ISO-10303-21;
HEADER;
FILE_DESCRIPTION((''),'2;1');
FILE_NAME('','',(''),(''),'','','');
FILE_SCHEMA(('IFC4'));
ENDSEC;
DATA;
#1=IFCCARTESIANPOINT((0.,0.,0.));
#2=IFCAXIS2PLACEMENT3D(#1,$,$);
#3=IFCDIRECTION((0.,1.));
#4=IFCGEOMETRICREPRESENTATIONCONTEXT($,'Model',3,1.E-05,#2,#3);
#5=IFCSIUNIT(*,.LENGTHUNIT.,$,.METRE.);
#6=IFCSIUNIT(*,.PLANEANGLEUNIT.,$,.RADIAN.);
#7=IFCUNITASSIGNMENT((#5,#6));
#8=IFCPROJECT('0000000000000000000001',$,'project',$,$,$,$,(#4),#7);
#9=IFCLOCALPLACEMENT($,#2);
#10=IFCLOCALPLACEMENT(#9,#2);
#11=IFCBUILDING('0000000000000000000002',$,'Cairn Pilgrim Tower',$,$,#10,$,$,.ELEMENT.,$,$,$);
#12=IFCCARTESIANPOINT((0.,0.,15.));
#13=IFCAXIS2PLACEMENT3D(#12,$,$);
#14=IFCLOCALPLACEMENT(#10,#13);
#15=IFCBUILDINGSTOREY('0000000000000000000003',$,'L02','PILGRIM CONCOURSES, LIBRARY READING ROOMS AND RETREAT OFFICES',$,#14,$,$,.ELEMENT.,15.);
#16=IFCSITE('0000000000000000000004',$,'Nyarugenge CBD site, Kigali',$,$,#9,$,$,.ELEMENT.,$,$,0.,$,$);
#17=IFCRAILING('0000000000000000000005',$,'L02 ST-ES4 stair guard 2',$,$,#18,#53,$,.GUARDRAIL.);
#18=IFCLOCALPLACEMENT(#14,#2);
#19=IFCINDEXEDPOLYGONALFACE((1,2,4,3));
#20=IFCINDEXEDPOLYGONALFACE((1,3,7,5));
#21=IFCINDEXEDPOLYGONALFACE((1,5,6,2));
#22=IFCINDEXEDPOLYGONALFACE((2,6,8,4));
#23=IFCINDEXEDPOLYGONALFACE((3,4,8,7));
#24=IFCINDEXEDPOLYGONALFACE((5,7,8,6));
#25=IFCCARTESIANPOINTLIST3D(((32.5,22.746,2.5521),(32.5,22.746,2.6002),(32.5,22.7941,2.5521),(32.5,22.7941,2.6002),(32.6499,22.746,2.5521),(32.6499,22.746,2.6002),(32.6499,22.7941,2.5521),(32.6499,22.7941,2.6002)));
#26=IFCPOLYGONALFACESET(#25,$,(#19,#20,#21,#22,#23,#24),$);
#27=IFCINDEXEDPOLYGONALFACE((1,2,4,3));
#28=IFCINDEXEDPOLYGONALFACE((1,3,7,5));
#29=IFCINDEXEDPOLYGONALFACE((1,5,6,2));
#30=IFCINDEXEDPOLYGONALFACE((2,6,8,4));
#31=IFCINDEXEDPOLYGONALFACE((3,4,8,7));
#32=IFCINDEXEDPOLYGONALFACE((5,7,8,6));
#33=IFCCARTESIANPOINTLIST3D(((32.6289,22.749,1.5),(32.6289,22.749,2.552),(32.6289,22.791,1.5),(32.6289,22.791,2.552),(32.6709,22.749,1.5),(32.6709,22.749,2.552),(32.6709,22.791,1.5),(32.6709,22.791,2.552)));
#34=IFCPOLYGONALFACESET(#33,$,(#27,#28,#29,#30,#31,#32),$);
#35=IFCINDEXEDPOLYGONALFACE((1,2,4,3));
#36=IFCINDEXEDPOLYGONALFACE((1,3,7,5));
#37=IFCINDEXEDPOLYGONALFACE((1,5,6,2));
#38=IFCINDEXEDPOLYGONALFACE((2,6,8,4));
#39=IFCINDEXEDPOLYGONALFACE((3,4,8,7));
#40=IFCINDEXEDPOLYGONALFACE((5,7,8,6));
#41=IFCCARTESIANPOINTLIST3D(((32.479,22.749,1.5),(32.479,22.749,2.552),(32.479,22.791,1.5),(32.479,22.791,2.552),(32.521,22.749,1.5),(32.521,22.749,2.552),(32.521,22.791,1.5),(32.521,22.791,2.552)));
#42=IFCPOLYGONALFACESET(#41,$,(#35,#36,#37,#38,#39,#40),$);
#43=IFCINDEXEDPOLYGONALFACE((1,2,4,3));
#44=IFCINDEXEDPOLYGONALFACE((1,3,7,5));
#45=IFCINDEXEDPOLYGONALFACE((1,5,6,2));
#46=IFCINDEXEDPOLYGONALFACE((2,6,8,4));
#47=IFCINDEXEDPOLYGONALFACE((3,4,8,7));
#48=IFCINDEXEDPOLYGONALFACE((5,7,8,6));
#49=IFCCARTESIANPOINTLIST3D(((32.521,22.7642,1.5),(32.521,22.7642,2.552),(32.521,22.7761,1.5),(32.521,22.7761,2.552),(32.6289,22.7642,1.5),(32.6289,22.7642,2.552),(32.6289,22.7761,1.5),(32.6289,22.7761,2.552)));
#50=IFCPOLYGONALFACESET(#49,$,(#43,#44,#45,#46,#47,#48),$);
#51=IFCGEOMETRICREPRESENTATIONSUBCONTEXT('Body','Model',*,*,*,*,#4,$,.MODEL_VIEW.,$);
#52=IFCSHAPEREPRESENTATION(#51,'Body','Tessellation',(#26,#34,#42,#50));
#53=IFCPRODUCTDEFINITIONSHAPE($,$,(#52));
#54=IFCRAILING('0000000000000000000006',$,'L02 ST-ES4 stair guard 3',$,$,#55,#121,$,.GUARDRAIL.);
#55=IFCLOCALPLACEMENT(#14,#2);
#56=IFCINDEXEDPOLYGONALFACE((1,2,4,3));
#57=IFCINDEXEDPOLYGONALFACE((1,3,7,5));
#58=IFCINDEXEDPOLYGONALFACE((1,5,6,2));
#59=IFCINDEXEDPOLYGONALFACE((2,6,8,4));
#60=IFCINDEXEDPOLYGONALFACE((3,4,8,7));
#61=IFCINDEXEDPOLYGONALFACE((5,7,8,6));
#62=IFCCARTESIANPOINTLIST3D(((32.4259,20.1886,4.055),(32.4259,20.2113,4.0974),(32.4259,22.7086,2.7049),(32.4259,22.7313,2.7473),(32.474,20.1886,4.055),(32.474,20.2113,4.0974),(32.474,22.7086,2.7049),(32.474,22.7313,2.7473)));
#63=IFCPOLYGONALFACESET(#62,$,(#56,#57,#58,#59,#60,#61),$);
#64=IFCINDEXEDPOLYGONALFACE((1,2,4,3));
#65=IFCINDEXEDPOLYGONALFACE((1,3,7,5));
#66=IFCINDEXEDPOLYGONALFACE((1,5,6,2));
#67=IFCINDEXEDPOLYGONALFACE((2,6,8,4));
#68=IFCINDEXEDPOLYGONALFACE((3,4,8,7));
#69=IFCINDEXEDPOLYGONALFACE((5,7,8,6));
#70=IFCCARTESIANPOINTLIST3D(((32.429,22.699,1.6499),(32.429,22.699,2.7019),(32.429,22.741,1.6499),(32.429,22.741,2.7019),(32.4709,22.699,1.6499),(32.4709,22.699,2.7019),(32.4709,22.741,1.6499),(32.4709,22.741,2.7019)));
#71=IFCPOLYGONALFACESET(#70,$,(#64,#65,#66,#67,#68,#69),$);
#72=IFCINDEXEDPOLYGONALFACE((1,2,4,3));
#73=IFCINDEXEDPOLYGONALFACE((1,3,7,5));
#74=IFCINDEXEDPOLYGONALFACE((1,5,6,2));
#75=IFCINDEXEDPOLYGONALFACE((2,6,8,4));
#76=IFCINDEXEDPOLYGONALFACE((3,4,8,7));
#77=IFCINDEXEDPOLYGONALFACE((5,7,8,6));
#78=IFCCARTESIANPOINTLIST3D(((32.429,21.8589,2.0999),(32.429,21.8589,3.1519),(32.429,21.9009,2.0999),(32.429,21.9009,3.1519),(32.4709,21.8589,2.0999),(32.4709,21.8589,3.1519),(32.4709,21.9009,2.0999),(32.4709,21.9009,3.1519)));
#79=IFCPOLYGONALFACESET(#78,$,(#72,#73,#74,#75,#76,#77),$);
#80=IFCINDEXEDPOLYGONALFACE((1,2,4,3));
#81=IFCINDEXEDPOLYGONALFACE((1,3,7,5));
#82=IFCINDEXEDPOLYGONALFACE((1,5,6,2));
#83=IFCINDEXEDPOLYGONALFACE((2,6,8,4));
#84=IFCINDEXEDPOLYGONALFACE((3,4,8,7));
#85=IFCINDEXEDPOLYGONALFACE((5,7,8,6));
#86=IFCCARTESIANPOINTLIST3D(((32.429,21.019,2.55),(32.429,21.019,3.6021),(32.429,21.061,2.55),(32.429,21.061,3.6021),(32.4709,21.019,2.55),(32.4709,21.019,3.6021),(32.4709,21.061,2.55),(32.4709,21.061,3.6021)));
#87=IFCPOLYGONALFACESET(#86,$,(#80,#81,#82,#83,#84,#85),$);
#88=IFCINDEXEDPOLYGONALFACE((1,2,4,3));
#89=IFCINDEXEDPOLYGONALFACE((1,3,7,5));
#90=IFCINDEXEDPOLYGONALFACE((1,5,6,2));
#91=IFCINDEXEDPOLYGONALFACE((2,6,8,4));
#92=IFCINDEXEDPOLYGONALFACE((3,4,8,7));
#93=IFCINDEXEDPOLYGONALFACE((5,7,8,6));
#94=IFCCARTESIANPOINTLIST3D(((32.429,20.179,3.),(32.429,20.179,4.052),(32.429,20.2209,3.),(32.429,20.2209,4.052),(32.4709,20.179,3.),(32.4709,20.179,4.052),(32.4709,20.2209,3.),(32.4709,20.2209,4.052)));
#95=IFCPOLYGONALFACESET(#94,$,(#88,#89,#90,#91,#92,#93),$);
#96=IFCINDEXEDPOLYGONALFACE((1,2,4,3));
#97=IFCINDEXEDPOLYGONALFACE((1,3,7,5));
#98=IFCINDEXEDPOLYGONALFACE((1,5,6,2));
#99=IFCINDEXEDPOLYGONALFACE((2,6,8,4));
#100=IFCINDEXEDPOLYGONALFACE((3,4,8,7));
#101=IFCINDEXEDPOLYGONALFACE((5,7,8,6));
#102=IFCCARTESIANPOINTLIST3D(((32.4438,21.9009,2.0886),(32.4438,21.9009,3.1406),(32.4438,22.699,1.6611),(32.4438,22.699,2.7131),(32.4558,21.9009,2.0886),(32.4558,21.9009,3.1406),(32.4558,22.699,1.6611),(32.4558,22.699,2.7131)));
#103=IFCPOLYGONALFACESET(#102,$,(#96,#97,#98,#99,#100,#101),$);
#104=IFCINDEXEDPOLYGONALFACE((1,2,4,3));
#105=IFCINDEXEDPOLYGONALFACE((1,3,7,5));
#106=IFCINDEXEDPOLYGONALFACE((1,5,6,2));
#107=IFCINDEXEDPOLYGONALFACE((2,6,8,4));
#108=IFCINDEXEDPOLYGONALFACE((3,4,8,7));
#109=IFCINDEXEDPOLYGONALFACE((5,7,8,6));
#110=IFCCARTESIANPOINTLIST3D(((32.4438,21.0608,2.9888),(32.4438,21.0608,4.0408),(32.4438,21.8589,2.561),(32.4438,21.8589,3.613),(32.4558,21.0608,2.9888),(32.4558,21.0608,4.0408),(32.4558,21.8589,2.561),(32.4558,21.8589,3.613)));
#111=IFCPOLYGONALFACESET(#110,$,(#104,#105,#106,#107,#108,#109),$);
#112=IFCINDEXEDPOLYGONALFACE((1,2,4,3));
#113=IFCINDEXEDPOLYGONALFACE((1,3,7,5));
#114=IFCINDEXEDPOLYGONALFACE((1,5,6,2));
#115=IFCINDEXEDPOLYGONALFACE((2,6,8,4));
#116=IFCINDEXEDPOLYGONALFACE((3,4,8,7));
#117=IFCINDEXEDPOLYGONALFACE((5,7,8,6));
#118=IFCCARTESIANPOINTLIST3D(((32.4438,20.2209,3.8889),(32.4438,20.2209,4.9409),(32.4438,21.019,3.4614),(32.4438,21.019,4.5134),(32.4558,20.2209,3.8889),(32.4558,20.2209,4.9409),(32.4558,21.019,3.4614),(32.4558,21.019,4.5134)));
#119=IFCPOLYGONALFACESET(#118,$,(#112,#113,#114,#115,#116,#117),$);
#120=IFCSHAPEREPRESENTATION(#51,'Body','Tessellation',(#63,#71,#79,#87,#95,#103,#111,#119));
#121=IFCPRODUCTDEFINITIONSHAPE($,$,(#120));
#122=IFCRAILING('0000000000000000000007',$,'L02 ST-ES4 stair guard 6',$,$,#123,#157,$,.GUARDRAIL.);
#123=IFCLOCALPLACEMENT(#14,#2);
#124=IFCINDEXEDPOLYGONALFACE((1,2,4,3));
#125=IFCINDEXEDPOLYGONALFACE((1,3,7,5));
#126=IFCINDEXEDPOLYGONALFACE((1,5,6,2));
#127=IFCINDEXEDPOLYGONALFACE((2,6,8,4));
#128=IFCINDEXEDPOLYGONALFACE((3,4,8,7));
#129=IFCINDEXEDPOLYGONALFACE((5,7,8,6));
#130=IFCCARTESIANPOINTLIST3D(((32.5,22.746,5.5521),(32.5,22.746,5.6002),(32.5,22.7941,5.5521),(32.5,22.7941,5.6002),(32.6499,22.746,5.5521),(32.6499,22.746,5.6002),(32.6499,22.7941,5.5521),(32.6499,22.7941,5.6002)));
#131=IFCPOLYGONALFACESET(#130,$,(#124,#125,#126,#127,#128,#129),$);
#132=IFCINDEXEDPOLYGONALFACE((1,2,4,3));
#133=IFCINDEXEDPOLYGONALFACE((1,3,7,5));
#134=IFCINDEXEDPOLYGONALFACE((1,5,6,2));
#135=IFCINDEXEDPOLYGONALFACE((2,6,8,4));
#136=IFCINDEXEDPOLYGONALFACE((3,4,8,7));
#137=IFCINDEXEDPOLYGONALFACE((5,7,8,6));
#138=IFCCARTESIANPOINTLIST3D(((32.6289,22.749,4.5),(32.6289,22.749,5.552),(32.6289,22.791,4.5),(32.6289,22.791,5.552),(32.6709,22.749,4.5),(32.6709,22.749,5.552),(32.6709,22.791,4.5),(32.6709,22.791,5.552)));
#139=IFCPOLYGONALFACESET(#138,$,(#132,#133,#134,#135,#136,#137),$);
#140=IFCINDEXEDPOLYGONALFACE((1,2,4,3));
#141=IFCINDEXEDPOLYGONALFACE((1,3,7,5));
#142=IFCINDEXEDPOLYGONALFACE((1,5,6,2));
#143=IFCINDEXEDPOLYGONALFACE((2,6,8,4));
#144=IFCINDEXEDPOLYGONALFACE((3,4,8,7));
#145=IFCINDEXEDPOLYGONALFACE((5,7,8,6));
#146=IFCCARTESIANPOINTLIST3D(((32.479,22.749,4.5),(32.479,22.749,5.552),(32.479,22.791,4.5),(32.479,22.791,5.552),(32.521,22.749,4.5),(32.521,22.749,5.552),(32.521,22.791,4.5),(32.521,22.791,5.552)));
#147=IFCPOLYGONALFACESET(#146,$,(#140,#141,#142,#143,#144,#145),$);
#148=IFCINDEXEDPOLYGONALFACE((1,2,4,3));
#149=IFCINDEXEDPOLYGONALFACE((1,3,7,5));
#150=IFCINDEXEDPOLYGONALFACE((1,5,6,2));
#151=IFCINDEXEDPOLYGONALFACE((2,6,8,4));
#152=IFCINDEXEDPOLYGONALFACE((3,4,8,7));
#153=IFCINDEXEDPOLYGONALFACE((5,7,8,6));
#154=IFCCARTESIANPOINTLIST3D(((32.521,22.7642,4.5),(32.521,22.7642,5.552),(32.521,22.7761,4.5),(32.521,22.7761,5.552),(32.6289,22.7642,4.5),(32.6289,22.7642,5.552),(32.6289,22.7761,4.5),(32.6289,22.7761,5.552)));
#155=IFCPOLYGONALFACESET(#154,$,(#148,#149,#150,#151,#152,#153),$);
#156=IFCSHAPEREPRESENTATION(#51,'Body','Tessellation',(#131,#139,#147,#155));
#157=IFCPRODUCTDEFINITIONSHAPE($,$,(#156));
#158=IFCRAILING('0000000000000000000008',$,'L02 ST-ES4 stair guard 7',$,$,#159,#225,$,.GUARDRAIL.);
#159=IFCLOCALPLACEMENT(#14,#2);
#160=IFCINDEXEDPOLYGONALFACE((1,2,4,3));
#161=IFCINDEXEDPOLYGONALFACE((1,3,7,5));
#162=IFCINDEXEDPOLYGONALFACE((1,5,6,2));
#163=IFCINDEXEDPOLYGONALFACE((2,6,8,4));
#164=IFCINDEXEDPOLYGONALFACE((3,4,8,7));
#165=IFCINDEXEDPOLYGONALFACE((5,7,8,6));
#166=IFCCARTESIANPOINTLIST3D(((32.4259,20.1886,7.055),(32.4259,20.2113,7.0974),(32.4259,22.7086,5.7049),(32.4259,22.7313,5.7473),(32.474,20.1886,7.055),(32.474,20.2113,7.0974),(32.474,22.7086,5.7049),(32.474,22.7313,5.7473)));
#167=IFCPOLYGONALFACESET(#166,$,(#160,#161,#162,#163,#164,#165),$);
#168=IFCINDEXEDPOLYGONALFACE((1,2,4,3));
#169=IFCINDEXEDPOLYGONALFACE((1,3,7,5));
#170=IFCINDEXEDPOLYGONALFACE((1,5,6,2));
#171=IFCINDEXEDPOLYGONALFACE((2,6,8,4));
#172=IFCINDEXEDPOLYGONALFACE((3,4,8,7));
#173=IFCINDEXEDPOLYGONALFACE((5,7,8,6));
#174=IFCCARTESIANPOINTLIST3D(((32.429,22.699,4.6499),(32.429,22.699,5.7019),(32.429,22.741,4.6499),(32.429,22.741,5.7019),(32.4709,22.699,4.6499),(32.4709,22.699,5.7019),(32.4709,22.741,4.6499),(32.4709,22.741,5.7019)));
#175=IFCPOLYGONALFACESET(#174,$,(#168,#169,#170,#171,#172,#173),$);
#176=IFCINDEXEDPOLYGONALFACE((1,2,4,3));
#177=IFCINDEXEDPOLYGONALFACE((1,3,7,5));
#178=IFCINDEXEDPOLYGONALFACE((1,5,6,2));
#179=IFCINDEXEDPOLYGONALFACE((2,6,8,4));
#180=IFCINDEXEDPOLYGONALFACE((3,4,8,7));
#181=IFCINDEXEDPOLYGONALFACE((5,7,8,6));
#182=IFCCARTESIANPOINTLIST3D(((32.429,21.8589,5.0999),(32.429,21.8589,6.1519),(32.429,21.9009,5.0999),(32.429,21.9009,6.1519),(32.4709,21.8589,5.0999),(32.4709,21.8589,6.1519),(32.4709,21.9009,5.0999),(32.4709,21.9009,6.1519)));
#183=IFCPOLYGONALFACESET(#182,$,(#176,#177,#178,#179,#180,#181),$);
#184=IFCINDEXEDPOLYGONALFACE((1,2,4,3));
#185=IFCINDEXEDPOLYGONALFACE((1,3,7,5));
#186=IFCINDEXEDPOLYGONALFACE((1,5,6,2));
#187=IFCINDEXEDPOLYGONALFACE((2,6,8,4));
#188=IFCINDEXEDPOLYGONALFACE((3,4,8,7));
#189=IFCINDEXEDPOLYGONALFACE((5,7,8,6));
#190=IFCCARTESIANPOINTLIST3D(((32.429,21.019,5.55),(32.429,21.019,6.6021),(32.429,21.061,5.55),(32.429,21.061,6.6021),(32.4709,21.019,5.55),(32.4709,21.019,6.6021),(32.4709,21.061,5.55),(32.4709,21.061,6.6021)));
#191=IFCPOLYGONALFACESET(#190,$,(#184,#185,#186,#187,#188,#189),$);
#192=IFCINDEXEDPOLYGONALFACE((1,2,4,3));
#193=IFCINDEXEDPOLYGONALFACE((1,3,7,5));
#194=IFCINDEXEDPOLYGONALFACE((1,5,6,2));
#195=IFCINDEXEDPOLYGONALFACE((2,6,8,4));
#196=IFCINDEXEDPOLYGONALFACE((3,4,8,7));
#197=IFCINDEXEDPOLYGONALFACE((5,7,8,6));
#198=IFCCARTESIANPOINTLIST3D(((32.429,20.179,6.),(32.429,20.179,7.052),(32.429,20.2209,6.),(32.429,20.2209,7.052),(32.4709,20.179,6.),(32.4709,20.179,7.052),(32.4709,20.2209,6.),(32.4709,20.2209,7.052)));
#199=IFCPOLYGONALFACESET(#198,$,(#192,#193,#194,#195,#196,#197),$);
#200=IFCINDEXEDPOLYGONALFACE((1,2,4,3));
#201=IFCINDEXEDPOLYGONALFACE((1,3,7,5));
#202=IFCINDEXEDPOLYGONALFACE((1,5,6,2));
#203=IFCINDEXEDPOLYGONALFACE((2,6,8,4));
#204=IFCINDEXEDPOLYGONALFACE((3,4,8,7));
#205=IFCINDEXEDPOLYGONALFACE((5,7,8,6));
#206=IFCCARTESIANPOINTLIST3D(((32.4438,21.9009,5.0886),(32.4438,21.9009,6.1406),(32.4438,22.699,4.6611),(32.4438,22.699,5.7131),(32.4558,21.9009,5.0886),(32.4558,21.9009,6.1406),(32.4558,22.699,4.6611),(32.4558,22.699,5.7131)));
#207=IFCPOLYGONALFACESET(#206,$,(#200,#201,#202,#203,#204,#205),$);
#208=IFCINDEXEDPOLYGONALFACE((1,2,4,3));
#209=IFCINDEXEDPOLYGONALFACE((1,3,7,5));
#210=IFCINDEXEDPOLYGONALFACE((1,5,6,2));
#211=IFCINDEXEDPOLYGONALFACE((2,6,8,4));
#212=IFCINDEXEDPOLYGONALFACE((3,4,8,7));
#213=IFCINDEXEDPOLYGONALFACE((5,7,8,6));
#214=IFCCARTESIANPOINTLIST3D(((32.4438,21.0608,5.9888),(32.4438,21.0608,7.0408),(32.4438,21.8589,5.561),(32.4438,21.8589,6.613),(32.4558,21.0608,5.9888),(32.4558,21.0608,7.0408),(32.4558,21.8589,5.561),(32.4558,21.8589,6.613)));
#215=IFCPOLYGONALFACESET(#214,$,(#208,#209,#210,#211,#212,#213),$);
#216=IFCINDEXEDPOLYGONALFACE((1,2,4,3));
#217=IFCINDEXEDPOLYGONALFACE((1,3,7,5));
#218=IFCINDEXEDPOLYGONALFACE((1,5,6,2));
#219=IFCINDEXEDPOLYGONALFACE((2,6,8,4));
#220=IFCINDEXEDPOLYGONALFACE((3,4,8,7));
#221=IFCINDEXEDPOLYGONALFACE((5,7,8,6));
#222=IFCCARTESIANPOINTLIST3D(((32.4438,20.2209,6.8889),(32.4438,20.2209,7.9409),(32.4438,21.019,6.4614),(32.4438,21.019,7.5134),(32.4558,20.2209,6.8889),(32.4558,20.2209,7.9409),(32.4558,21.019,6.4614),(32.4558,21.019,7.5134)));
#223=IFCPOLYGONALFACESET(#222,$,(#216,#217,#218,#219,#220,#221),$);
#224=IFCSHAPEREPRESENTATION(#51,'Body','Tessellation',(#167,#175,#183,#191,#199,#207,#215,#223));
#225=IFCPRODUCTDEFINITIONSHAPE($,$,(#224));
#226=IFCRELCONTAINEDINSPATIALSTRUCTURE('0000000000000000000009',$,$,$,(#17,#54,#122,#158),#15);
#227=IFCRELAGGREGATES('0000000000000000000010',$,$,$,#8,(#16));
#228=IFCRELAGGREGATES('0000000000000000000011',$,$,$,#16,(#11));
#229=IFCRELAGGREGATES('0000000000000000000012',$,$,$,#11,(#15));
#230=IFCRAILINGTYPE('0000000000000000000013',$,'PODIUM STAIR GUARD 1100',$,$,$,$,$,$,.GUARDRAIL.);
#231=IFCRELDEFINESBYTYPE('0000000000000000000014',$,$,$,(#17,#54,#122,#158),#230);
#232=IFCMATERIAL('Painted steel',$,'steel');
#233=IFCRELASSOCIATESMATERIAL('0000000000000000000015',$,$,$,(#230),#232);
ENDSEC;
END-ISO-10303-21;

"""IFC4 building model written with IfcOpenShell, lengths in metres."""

from ifc_helpers import new_model, si_unit, direction, frame, origin, origin_2d, place, context, subcontext, project, spatial, polyline, rectangle, outline, extrude, material, type_object, element, save


model = new_model("IFC4")

# Units and contexts
model_context = context("Model", 3, precision=1e-05, world=origin(), true_north=direction((0.0, 1.0)))
body_context = subcontext(model_context, "Body", "Model", "MODEL_VIEW")
ifc_project = project(units=[si_unit("LENGTHUNIT", "METRE"), si_unit("PLANEANGLEUNIT", "RADIAN")], contexts=[model_context])

# Site, building, storey
site_placement = place(None, origin())
site = spatial("IfcSite", under=ifc_project, at=site_placement, Name="Nyarugenge CBD site, Kigali", CompositionType="ELEMENT", RefElevation=0.0)
building_placement = place(site_placement, origin())
building = spatial("IfcBuilding", under=site, at=building_placement, Name="Cairn Pilgrim Tower", CompositionType="ELEMENT")
storey_placement = place(building_placement, frame((0.0, 0.0, 15.0)))
storey = spatial("IfcBuildingStorey", under=building, at=storey_placement, Name="L02", Description="PILGRIM CONCOURSES, LIBRARY READING ROOMS AND RETREAT OFFICES", CompositionType="ELEMENT", Elevation=15.0)

# Railings
ifc_material_1 = material(Name="Painted steel", Category="steel")
railing_type_1 = type_object("IfcRailingType", Name="PODIUM STAIR GUARD 1100", PredefinedType="GUARDRAIL", material=ifc_material_1)
railing_1_placement = place(storey_placement, frame((32.6499, 22.77, 1.5)))
element("IfcRailing", 1, at=railing_1_placement, inside=storey, type_object=railing_type_1, Name="L02 ST-ES4 stair guard 2", PredefinedType="GUARDRAIL", context=body_context, shape_type="SweptSolid", body=[
    extrude(rectangle(XDim=0.0481, YDim=0.0481, at=origin_2d()), frame((0.0, 0.0, 1.0762), z_axis=(-1.0, 0.0, 0.0), x_axis=(0.0, -1.0, 0.0)), (0.0, 0.0, 1.0), 0.1499),
    extrude(rectangle(XDim=0.042, YDim=0.042, at=origin_2d()), origin(), (0.0, 0.0, 1.0), 1.052),
    extrude(rectangle(XDim=0.042, YDim=0.042, at=origin_2d()), frame((-0.1499, 0.0, 0.0)), (0.0, 0.0, 1.0), 1.052),
    extrude(outline(polyline([(0.021, 0.0), (0.1289, 0.0), (0.1289, 1.052), (0.021, 1.052), (0.021, 0.0)])), frame((0.0, -0.0059, 0.0), z_axis=(0.0, 1.0, 0.0), x_axis=(-1.0, 0.0, 0.0)), (0.0, 0.0, 1.0), 0.012),
])
railing_2_placement = place(storey_placement, frame((32.45, 22.72, 1.6499)))
element("IfcRailing", 2, at=railing_2_placement, inside=storey, type_object=railing_type_1, Name="L02 ST-ES4 stair guard 3", PredefinedType="GUARDRAIL", context=body_context, shape_type="SweptSolid", body=[
    extrude(rectangle(XDim=0.0481, YDim=0.0481, at=origin_2d()), frame((0.0, 0.0, 1.0762), z_axis=(0.0, -0.881467, 0.472245), x_axis=(1.0, 0.0, 0.0)), (0.0, 0.0, 1.0), 2.8589),
    extrude(rectangle(XDim=0.042, YDim=0.042, at=origin_2d()), origin(), (0.0, 0.0, 1.0), 1.052),
    extrude(rectangle(XDim=0.042, YDim=0.042, at=origin_2d()), frame((0.0, -0.8401, 0.45)), (0.0, 0.0, 1.0), 1.052),
    extrude(rectangle(XDim=0.042, YDim=0.042, at=origin_2d()), frame((0.0, -1.6799, 0.9001)), (0.0, 0.0, 1.0), 1.052),
    extrude(rectangle(XDim=0.042, YDim=0.042, at=origin_2d()), frame((0.0, -2.52, 1.3501)), (0.0, 0.0, 1.0), 1.052),
    extrude(outline(polyline([(0.021, 0.0112), (0.8191, 0.4387), (0.8191, 1.4907), (0.021, 1.0632), (0.021, 0.0112)])), frame((0.0059, 0.0, 0.0), z_axis=(-1.0, 0.0, 0.0), x_axis=(0.0, -1.0, 0.0)), (0.0, 0.0, 1.0), 0.012),
    extrude(outline(polyline([(0.021, 0.4612), (0.8191, 0.8889), (0.8191, 1.9409), (0.021, 1.5132), (0.021, 0.4612)])), frame((0.0059, -0.8401, 0.45), z_axis=(-1.0, 0.0, 0.0), x_axis=(0.0, -1.0, 0.0)), (0.0, 0.0, 1.0), 0.012),
    extrude(outline(polyline([(0.021, 0.9114), (0.8191, 1.3389), (0.8191, 2.3909), (0.021, 1.9634), (0.021, 0.9114)])), frame((0.0059, -1.6799, 0.9001), z_axis=(-1.0, 0.0, 0.0), x_axis=(0.0, -1.0, 0.0)), (0.0, 0.0, 1.0), 0.012),
])
railing_3_placement = place(storey_placement, frame((32.6499, 22.77, 4.5)))
element("IfcRailing", 3, at=railing_3_placement, inside=storey, type_object=railing_type_1, Name="L02 ST-ES4 stair guard 6", PredefinedType="GUARDRAIL", context=body_context, shape_type="SweptSolid", body=[
    extrude(rectangle(XDim=0.0481, YDim=0.0481, at=origin_2d()), frame((0.0, 0.0, 1.0762), z_axis=(-1.0, 0.0, 0.0), x_axis=(0.0, -1.0, 0.0)), (0.0, 0.0, 1.0), 0.1499),
    extrude(rectangle(XDim=0.042, YDim=0.042, at=origin_2d()), origin(), (0.0, 0.0, 1.0), 1.052),
    extrude(rectangle(XDim=0.042, YDim=0.042, at=origin_2d()), frame((-0.1499, 0.0, 0.0)), (0.0, 0.0, 1.0), 1.052),
    extrude(outline(polyline([(0.021, 0.0), (0.1289, 0.0), (0.1289, 1.052), (0.021, 1.052), (0.021, 0.0)])), frame((0.0, -0.0059, 0.0), z_axis=(0.0, 1.0, 0.0), x_axis=(-1.0, 0.0, 0.0)), (0.0, 0.0, 1.0), 0.012),
])
railing_4_placement = place(storey_placement, frame((32.45, 22.72, 4.6499)))
element("IfcRailing", 4, at=railing_4_placement, inside=storey, type_object=railing_type_1, Name="L02 ST-ES4 stair guard 7", PredefinedType="GUARDRAIL", context=body_context, shape_type="SweptSolid", body=[
    extrude(rectangle(XDim=0.0481, YDim=0.0481, at=origin_2d()), frame((0.0, 0.0, 1.0762), z_axis=(0.0, -0.881467, 0.472245), x_axis=(1.0, 0.0, 0.0)), (0.0, 0.0, 1.0), 2.8589),
    extrude(rectangle(XDim=0.042, YDim=0.042, at=origin_2d()), origin(), (0.0, 0.0, 1.0), 1.052),
    extrude(rectangle(XDim=0.042, YDim=0.042, at=origin_2d()), frame((0.0, -0.8401, 0.45)), (0.0, 0.0, 1.0), 1.052),
    extrude(rectangle(XDim=0.042, YDim=0.042, at=origin_2d()), frame((0.0, -1.6799, 0.9001)), (0.0, 0.0, 1.0), 1.052),
    extrude(rectangle(XDim=0.042, YDim=0.042, at=origin_2d()), frame((0.0, -2.52, 1.3501)), (0.0, 0.0, 1.0), 1.052),
    extrude(outline(polyline([(0.021, 0.0112), (0.8191, 0.4387), (0.8191, 1.4907), (0.021, 1.0632), (0.021, 0.0112)])), frame((0.0059, 0.0, 0.0), z_axis=(-1.0, 0.0, 0.0), x_axis=(0.0, -1.0, 0.0)), (0.0, 0.0, 1.0), 0.012),
    extrude(outline(polyline([(0.021, 0.4612), (0.8191, 0.8889), (0.8191, 1.9409), (0.021, 1.5132), (0.021, 0.4612)])), frame((0.0059, -0.8401, 0.45), z_axis=(-1.0, 0.0, 0.0), x_axis=(0.0, -1.0, 0.0)), (0.0, 0.0, 1.0), 0.012),
    extrude(outline(polyline([(0.021, 0.9114), (0.8191, 1.3389), (0.8191, 2.3909), (0.021, 1.9634), (0.021, 0.9114)])), frame((0.0059, -1.6799, 0.9001), z_axis=(-1.0, 0.0, 0.0), x_axis=(0.0, -1.0, 0.0)), (0.0, 0.0, 1.0), 0.012),
])

save(model, "model.ifc")
